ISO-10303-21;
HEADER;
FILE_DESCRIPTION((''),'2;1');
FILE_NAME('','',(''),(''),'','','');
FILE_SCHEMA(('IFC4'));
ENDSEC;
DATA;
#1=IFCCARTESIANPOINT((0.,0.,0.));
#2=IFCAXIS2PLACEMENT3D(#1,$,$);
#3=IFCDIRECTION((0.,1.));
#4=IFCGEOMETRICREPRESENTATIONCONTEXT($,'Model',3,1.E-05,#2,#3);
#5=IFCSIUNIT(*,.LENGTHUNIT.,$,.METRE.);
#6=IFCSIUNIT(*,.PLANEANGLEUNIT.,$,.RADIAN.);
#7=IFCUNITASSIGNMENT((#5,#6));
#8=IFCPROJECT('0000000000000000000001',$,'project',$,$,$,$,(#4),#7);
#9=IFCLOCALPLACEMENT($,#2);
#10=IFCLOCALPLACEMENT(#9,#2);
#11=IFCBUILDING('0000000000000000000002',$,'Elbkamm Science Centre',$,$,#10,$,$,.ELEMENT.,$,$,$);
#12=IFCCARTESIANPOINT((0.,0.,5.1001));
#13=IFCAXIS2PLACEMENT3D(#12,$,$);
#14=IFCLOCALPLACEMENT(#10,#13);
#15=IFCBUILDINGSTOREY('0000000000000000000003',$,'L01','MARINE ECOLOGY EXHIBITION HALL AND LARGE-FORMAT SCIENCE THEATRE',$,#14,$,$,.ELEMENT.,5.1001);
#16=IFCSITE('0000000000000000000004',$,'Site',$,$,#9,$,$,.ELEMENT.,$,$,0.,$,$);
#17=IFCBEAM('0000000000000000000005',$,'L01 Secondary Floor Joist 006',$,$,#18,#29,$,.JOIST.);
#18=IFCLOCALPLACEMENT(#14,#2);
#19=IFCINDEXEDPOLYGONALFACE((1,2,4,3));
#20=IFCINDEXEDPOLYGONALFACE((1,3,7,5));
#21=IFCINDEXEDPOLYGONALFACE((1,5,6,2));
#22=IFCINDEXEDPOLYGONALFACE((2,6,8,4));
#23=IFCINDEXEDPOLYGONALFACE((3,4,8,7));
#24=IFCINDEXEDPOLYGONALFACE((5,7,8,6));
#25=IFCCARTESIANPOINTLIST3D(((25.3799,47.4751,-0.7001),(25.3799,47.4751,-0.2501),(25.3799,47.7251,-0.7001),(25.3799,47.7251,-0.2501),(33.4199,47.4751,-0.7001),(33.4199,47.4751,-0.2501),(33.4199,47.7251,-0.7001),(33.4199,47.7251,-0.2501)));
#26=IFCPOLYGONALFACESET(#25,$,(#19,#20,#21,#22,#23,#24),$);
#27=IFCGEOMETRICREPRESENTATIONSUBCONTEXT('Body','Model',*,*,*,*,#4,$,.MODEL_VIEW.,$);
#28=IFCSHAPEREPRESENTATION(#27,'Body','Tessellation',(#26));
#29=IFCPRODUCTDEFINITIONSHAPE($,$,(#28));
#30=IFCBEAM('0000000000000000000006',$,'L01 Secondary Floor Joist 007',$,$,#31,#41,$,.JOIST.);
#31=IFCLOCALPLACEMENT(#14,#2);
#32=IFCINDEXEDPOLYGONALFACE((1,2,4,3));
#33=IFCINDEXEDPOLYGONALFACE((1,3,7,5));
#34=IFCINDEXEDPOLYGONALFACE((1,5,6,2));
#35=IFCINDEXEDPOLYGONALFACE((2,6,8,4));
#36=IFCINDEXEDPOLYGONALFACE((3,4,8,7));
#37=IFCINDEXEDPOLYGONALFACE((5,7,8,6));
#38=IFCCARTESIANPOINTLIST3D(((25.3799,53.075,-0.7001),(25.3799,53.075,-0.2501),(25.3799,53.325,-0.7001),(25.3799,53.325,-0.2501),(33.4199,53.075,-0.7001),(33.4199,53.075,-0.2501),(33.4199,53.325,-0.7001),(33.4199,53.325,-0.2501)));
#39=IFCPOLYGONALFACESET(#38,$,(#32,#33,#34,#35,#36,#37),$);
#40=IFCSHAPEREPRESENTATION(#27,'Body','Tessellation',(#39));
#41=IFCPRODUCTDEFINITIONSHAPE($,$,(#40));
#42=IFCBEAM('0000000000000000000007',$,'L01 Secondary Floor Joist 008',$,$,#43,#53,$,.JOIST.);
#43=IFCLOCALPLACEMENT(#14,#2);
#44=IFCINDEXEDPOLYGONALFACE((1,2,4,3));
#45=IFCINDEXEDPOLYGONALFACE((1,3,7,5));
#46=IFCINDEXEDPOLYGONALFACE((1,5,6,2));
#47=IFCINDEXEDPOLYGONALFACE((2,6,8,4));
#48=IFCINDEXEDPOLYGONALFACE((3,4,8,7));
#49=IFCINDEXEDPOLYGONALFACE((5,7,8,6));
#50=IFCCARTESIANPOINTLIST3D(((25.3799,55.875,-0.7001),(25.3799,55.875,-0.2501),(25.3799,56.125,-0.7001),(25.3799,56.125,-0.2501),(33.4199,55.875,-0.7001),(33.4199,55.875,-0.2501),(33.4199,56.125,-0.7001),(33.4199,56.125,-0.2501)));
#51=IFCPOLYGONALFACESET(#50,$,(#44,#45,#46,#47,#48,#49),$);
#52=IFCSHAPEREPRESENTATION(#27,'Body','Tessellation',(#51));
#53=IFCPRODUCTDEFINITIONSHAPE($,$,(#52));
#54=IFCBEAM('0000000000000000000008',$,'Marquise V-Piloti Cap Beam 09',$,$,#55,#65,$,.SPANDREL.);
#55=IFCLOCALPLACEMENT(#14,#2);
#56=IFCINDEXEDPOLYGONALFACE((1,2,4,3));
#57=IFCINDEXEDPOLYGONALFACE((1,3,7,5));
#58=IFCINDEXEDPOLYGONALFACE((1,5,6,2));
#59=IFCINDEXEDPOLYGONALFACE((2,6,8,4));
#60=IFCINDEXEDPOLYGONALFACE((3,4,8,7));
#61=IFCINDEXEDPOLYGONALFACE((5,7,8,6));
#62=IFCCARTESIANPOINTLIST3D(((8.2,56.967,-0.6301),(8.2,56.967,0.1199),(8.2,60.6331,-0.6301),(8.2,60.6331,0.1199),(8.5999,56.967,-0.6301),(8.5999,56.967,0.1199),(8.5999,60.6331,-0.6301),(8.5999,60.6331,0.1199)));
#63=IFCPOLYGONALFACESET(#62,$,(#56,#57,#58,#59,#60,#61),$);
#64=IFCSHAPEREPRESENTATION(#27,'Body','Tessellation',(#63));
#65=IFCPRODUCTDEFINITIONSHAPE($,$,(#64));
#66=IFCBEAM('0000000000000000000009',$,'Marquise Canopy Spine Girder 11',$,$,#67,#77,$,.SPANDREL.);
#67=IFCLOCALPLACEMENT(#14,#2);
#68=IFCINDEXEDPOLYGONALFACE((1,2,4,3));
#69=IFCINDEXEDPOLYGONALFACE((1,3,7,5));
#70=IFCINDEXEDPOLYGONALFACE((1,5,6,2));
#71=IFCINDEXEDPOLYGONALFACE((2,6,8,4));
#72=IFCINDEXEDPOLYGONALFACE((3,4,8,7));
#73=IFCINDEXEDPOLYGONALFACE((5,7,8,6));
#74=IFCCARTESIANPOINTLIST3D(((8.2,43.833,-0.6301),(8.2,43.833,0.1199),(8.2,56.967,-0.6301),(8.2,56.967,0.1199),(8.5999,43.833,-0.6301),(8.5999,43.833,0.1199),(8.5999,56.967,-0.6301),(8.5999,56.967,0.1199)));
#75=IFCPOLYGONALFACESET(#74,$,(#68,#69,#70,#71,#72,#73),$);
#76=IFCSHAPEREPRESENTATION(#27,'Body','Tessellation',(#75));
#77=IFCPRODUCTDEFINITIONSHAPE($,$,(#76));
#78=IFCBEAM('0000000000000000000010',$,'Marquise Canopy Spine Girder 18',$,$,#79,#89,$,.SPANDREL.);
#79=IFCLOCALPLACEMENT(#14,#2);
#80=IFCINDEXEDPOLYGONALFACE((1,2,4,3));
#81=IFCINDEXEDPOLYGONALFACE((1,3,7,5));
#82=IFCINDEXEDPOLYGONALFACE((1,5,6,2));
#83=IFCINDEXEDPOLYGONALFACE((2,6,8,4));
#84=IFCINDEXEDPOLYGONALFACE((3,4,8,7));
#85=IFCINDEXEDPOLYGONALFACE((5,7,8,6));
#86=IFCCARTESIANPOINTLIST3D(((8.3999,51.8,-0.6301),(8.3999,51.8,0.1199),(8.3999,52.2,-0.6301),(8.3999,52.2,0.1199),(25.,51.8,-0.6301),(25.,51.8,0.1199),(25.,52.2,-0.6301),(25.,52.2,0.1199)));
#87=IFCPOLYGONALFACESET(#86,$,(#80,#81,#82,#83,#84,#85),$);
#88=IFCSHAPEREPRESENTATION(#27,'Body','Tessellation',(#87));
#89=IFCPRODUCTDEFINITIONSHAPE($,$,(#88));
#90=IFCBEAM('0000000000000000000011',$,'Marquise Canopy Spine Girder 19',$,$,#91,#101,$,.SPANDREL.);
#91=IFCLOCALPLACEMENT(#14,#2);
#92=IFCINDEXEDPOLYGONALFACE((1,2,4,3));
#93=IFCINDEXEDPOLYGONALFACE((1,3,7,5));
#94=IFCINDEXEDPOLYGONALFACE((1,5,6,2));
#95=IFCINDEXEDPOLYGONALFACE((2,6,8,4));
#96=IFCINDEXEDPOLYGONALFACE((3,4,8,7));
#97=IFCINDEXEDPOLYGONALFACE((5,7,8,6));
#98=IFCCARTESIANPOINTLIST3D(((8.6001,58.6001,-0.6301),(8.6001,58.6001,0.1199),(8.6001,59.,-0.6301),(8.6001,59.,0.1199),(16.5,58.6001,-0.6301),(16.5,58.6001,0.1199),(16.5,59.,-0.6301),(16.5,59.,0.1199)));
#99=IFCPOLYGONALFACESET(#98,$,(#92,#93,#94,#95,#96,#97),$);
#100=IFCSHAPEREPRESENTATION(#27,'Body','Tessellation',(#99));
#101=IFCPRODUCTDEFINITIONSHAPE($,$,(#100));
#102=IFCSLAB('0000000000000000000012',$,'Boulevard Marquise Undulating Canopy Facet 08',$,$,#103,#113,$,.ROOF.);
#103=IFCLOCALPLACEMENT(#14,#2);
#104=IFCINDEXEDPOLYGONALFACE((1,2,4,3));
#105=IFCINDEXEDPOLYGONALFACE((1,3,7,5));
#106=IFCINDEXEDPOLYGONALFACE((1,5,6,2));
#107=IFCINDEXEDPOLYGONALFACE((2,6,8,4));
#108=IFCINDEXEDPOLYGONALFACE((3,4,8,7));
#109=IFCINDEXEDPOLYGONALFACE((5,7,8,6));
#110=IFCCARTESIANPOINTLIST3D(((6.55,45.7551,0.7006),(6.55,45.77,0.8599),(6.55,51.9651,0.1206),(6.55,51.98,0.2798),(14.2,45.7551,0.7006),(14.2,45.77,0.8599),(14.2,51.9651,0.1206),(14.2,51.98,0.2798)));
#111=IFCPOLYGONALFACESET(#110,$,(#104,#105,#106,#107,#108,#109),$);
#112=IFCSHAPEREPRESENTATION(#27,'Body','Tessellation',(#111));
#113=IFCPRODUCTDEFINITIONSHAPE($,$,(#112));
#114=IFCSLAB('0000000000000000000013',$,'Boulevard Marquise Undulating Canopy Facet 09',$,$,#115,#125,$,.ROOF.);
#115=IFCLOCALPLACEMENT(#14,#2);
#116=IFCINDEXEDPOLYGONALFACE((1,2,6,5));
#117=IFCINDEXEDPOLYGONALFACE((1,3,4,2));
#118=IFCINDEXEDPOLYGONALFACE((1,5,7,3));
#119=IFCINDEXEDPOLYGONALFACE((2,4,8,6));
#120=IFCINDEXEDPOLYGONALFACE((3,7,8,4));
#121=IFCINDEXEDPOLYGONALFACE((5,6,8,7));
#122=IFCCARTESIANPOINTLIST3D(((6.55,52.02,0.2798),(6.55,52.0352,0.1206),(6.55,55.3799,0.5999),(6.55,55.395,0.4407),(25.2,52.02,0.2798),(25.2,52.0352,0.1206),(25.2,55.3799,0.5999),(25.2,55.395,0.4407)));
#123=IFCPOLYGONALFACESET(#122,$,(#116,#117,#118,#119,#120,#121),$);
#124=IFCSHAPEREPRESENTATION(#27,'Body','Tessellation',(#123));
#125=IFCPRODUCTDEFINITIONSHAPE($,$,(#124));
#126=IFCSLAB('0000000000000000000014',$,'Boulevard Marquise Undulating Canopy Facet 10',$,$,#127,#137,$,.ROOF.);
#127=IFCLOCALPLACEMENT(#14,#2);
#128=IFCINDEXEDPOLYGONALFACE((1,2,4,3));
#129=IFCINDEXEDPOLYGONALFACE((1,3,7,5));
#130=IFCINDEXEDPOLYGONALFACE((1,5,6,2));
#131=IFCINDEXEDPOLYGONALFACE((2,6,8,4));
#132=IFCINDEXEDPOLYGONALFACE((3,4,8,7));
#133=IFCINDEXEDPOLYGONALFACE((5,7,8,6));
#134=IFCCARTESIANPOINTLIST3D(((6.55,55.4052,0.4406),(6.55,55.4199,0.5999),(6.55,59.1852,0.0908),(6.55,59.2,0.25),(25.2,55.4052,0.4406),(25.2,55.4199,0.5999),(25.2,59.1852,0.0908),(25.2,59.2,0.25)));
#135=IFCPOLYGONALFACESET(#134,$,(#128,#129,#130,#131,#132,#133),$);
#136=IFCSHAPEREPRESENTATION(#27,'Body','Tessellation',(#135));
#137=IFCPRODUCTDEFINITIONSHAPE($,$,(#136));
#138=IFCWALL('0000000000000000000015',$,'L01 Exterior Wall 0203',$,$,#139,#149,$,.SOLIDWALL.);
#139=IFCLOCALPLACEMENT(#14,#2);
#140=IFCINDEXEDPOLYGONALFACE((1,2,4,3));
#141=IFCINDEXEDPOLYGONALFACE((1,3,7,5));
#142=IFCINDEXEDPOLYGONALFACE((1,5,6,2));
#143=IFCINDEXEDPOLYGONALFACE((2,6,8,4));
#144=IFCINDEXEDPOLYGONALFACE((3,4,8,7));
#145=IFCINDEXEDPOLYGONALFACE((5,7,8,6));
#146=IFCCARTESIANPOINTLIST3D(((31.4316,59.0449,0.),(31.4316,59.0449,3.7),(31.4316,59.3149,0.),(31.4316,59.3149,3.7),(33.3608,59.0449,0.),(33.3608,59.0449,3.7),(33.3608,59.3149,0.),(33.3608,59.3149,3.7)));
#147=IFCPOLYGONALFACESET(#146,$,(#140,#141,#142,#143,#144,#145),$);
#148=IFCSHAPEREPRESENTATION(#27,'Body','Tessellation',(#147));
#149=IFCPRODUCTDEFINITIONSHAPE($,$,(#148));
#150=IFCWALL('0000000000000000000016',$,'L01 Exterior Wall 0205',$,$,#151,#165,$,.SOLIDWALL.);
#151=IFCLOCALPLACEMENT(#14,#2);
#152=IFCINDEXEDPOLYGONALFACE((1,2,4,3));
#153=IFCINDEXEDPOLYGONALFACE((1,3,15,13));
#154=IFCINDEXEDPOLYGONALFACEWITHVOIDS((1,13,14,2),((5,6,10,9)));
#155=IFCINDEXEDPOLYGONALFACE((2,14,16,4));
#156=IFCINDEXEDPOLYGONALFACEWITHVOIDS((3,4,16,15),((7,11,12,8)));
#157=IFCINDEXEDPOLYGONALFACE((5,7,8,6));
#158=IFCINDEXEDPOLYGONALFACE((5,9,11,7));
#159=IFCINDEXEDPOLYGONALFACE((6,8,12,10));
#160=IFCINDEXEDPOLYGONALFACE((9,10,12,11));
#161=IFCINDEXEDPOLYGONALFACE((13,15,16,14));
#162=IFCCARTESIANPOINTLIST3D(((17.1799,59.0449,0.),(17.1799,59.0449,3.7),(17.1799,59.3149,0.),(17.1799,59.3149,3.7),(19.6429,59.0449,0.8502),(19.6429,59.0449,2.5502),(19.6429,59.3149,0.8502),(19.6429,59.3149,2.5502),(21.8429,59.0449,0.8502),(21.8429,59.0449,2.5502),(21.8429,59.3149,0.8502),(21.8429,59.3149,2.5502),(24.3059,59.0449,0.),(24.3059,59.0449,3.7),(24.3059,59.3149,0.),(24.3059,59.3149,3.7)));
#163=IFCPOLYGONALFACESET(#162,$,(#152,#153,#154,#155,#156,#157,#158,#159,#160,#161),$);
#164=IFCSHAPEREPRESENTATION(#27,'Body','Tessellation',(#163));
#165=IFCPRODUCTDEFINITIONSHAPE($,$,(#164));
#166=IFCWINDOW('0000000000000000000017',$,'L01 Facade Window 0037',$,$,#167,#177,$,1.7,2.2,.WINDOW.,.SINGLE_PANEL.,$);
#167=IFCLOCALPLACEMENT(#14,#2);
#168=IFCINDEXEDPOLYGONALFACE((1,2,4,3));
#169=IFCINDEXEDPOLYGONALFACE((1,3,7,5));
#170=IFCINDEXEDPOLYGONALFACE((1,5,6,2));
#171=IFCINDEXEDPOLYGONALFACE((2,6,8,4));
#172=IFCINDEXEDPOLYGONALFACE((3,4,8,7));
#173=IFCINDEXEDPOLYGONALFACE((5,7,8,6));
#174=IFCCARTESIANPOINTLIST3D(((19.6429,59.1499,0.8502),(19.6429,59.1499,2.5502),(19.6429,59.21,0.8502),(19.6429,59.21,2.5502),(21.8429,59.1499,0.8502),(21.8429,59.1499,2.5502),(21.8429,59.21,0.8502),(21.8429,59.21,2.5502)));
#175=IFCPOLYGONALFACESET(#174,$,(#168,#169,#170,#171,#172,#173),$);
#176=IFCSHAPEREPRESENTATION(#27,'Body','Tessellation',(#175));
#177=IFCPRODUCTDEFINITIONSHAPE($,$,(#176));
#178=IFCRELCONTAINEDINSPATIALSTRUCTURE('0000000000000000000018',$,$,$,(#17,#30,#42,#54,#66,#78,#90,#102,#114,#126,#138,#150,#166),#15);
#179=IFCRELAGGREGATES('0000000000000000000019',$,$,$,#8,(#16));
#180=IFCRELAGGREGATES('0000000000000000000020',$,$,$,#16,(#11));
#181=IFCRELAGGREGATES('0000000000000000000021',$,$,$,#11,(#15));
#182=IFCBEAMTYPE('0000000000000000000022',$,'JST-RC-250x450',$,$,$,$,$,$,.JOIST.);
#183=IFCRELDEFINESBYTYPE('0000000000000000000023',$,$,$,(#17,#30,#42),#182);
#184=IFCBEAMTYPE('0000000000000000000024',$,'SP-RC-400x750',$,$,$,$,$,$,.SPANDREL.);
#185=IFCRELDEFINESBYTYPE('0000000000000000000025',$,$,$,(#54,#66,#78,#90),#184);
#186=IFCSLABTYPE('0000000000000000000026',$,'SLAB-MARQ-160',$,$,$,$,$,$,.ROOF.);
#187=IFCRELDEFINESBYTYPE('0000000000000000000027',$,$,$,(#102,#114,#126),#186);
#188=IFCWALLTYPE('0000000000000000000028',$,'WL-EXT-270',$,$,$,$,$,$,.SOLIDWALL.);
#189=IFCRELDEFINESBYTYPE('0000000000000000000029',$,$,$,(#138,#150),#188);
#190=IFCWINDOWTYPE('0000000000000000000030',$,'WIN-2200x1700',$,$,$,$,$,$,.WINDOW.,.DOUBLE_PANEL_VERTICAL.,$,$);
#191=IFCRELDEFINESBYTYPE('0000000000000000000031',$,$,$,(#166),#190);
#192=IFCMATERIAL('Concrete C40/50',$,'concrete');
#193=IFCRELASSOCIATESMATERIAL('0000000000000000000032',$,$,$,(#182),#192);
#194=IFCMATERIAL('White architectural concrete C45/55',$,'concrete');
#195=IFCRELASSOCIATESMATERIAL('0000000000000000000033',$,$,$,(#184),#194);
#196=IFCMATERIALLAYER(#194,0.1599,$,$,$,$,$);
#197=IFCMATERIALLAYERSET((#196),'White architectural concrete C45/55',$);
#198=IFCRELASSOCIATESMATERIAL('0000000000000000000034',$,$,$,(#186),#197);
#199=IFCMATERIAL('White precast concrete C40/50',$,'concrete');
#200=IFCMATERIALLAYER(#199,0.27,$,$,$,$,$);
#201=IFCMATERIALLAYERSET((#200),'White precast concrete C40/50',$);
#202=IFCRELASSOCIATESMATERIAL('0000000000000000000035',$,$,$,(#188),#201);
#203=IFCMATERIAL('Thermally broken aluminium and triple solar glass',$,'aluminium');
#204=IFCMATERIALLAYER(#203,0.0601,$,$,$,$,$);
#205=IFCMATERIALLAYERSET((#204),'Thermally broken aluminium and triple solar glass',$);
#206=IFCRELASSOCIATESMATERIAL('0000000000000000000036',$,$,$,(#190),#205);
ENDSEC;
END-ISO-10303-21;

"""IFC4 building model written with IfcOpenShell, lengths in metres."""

from ifc_helpers import new_model, si_unit, direction, frame, frame_2d, origin, origin_2d, place, context, subcontext, project, spatial, polyline, rectangle, outline, extrude, material, layer, layer_set, material_profile, profile_set, type_object, element, fill, save


model = new_model("IFC4")

# Units and contexts
model_context = context("Model", 3, precision=1e-05, world=origin(), true_north=direction((0.0, 1.0)))
body_context = subcontext(model_context, "Body", "Model", "MODEL_VIEW")
ifc_project = project(units=[si_unit("LENGTHUNIT", "METRE"), si_unit("PLANEANGLEUNIT", "RADIAN")], contexts=[model_context])

# Site, building, storey
site_placement = place(None, origin())
site = spatial("IfcSite", under=ifc_project, at=site_placement, Name="Site", CompositionType="ELEMENT", RefElevation=0.0)
building_placement = place(site_placement, origin())
building = spatial("IfcBuilding", under=site, at=building_placement, Name="Elbkamm Science Centre", CompositionType="ELEMENT")
storey_placement = place(building_placement, frame((0.0, 0.0, 5.1001)))
storey = spatial("IfcBuildingStorey", under=building, at=storey_placement, Name="L01", Description="MARINE ECOLOGY EXHIBITION HALL AND LARGE-FORMAT SCIENCE THEATRE", CompositionType="ELEMENT", Elevation=5.1001)

# Shared definitions
ifc_material_1 = material(Name="Concrete C40/50", Category="concrete")

# Beams
ifc_material_profile_1 = material_profile(ifc_material_1, rectangle(XDim=0.25, YDim=0.45, at=origin_2d()), Name="RC 250x450")
ifc_profile_set_1 = profile_set([ifc_material_profile_1], Name="Concrete C40/50")
beam_type_1 = type_object("IfcBeamType", Name="JST-RC-250x450", PredefinedType="JOIST", material=ifc_profile_set_1)
for number, where, z_axis, x_axis, name in (
    (1, (25.3799, 47.6001, -0.4751), (1.0, 0.0, 0.0), (0.0, 1.0, 0.0), "L01 Secondary Floor Joist 006"),
    (2, (25.3799, 53.2, -0.4751), (1.0, 0.0, 0.0), (0.0, 1.0, 0.0), "L01 Secondary Floor Joist 007"),
    (3, (25.3799, 56.0, -0.4751), (1.0, 0.0, 0.0), (0.0, 1.0, 0.0), "L01 Secondary Floor Joist 008"),
):
    element("IfcBeam", number, at=place(storey_placement, frame(where, z_axis=z_axis, x_axis=x_axis)), inside=storey, type_object=beam_type_1, Name=name, PredefinedType="JOIST", context=body_context, shape_type="SweptSolid", body=[
        extrude(rectangle(XDim=0.25, YDim=0.45, at=origin_2d()), origin(), (0.0, 0.0, 1.0), 8.04),
    ])
ifc_material_2 = material(Name="White architectural concrete C45/55", Category="concrete")
ifc_material_profile_2 = material_profile(ifc_material_2, rectangle(XDim=0.3999, YDim=0.75, at=origin_2d()), Name="RC 400x750")
ifc_profile_set_2 = profile_set([ifc_material_profile_2], Name="White architectural concrete C45/55")
beam_type_2 = type_object("IfcBeamType", Name="SP-RC-400x750", PredefinedType="SPANDREL", material=ifc_profile_set_2)
beam_1_placement = place(storey_placement, frame((8.3999, 56.967, -0.2551), z_axis=(0.0, 1.0, 0.0), x_axis=(-1.0, 0.0, 0.0)))
element("IfcBeam", 4, at=beam_1_placement, inside=storey, type_object=beam_type_2, Name="Marquise V-Piloti Cap Beam 09", PredefinedType="SPANDREL", context=body_context, shape_type="SweptSolid", body=[
    extrude(rectangle(XDim=0.3999, YDim=0.75, at=origin_2d()), origin(), (0.0, 0.0, 1.0), 3.666),
])
beam_2_placement = place(storey_placement, frame((8.3999, 43.833, -0.2551), z_axis=(0.0, 1.0, 0.0), x_axis=(-1.0, 0.0, 0.0)))
element("IfcBeam", 5, at=beam_2_placement, inside=storey, type_object=beam_type_2, Name="Marquise Canopy Spine Girder 11", PredefinedType="SPANDREL", context=body_context, shape_type="SweptSolid", body=[
    extrude(rectangle(XDim=0.3999, YDim=0.75, at=origin_2d()), origin(), (0.0, 0.0, 1.0), 13.134),
])
beam_3_placement = place(storey_placement, frame((8.3999, 52.0, -0.2551), z_axis=(1.0, 0.0, 0.0), x_axis=(0.0, 1.0, 0.0)))
element("IfcBeam", 6, at=beam_3_placement, inside=storey, type_object=beam_type_2, Name="Marquise Canopy Spine Girder 18", PredefinedType="SPANDREL", context=body_context, shape_type="SweptSolid", body=[
    extrude(rectangle(XDim=0.3999, YDim=0.75, at=origin_2d()), origin(), (0.0, 0.0, 1.0), 16.6001),
])
beam_4_placement = place(storey_placement, frame((8.6001, 58.8, -0.2551), z_axis=(1.0, 0.0, 0.0), x_axis=(0.0, 1.0, 0.0)))
element("IfcBeam", 7, at=beam_4_placement, inside=storey, type_object=beam_type_2, Name="Marquise Canopy Spine Girder 19", PredefinedType="SPANDREL", context=body_context, shape_type="SweptSolid", body=[
    extrude(rectangle(XDim=0.3999, YDim=0.75, at=origin_2d()), origin(), (0.0, 0.0, 1.0), 7.8999),
])

# Slabs
ifc_layer_1 = layer(ifc_material_2, 0.1599)
ifc_layer_set_1 = layer_set([ifc_layer_1], Name="White architectural concrete C45/55")
slab_type = type_object("IfcSlabType", Name="SLAB-MARQ-160", PredefinedType="ROOF", material=ifc_layer_set_1)
slab_1_placement = place(storey_placement, frame((6.55, 45.77, 0.8599), z_axis=(0.0, 0.093006, 0.995666), x_axis=(1.0, 0.0, 0.0)))
element("IfcSlab", 8, at=slab_1_placement, inside=storey, type_object=slab_type, Name="Boulevard Marquise Undulating Canopy Facet 08", PredefinedType="ROOF", context=body_context, shape_type="SweptSolid", body=[
    extrude(outline(polyline([(0.0, 0.0), (7.6499, 0.0), (7.6499, 6.237), (0.0, 6.237), (0.0, 0.0)])), origin(), (0.0, 0.0, -1.0), 0.1599),
])
slab_2_placement = place(storey_placement, frame((6.55, 52.02, 0.2798), z_axis=(0.0, -0.094833, 0.995493), x_axis=(1.0, 0.0, 0.0)))
element("IfcSlab", 9, at=slab_2_placement, inside=storey, type_object=slab_type, Name="Boulevard Marquise Undulating Canopy Facet 09", PredefinedType="ROOF", context=body_context, shape_type="SweptSolid", body=[
    extrude(outline(polyline([(0.0, 0.0), (18.6499, 0.0), (18.6499, 3.3751), (0.0, 3.3751), (0.0, 0.0)])), origin(), (0.0, 0.0, -1.0), 0.1599),
])
slab_3_placement = place(storey_placement, frame((6.55, 55.4199, 0.5999), z_axis=(0.0, 0.092159, 0.995744), x_axis=(1.0, 0.0, 0.0)))
element("IfcSlab", 10, at=slab_3_placement, inside=storey, type_object=slab_type, Name="Boulevard Marquise Undulating Canopy Facet 10", PredefinedType="ROOF", context=body_context, shape_type="SweptSolid", body=[
    extrude(outline(polyline([(0.0, 0.0), (18.6499, 0.0), (18.6499, 3.7962), (0.0, 3.7962), (0.0, 0.0)])), origin(), (0.0, 0.0, -1.0), 0.1599),
])

# Wall
ifc_material_3 = material(Name="White precast concrete C40/50", Category="concrete")
ifc_layer_2 = layer(ifc_material_3, 0.27)
ifc_layer_set_2 = layer_set([ifc_layer_2], Name="White precast concrete C40/50")
wall_type_1 = type_object("IfcWallType", Name="WL-EXT-270", PredefinedType="SOLIDWALL", material=ifc_layer_set_2)
wall_1_placement = place(storey_placement, frame((33.3608, 59.1799, 0.0), z_axis=(0.0, 0.0, 1.0), x_axis=(-1.0, 0.0, 0.0)))
element("IfcWall", 11, at=wall_1_placement, inside=storey, type_object=wall_type_1, Name="L01 Exterior Wall 0203", PredefinedType="SOLIDWALL", context=body_context, shape_type="SweptSolid", body=[
    extrude(rectangle(XDim=1.9292, YDim=0.27, at=frame_2d((0.9646, 0.0))), origin(), (0.0, 0.0, 1.0), 3.7),
])

# Wall, opening, window
wall_2_placement = place(storey_placement, frame((24.3059, 59.1799, 0.0), z_axis=(0.0, 0.0, 1.0), x_axis=(-1.0, 0.0, 0.0)))
wall_2 = element("IfcWall", 12, at=wall_2_placement, inside=storey, type_object=wall_type_1, Name="L01 Exterior Wall 0205", PredefinedType="SOLIDWALL", context=body_context, shape_type="SweptSolid", body=[
    extrude(rectangle(XDim=7.126, YDim=0.27, at=frame_2d((3.563, 0.0))), origin(), (0.0, 0.0, 1.0), 3.7),
])
opening_1_placement = place(wall_2_placement, frame((2.4629, 0.0, 0.8501)))
opening_1 = element("IfcOpeningElement", 13, at=opening_1_placement, cuts=wall_2, PredefinedType="OPENING", context=body_context, shape_type="SweptSolid", body=[
    extrude(rectangle(XDim=2.2, YDim=1.7, at=frame_2d((1.1001, 0.8501))), frame((0.0, 0.147, 0.0), z_axis=(0.0, -1.0, 0.0), x_axis=(1.0, 0.0, 0.0)), (0.0, 0.0, 1.0), 0.2939),
])
ifc_material_4 = material(Name="Thermally broken aluminium and triple solar glass", Category="aluminium")
ifc_layer_3 = layer(ifc_material_4, 0.0601)
ifc_layer_set_3 = layer_set([ifc_layer_3], Name="Thermally broken aluminium and triple solar glass")
window_type_1 = type_object("IfcWindowType", Name="WIN-2200x1700", PartitioningType="DOUBLE_PANEL_VERTICAL", PredefinedType="WINDOW", material=ifc_layer_set_3)
window_1_placement = place(opening_1_placement, origin())
window_1 = element("IfcWindow", 14, at=window_1_placement, inside=storey, type_object=window_type_1, Name="L01 Facade Window 0037", OverallHeight=1.7, OverallWidth=2.2, PartitioningType="SINGLE_PANEL", PredefinedType="WINDOW", context=body_context, shape_type="SweptSolid", body=[
    extrude(rectangle(XDim=2.2, YDim=1.7, at=frame_2d((1.1001, 0.8501))), frame((0.0, 0.03, 0.0), z_axis=(0.0, -1.0, 0.0), x_axis=(1.0, 0.0, 0.0)), (0.0, 0.0, 1.0), 0.0601),
])
fill(opening_1, window_1)

save(model, "model.ifc")
